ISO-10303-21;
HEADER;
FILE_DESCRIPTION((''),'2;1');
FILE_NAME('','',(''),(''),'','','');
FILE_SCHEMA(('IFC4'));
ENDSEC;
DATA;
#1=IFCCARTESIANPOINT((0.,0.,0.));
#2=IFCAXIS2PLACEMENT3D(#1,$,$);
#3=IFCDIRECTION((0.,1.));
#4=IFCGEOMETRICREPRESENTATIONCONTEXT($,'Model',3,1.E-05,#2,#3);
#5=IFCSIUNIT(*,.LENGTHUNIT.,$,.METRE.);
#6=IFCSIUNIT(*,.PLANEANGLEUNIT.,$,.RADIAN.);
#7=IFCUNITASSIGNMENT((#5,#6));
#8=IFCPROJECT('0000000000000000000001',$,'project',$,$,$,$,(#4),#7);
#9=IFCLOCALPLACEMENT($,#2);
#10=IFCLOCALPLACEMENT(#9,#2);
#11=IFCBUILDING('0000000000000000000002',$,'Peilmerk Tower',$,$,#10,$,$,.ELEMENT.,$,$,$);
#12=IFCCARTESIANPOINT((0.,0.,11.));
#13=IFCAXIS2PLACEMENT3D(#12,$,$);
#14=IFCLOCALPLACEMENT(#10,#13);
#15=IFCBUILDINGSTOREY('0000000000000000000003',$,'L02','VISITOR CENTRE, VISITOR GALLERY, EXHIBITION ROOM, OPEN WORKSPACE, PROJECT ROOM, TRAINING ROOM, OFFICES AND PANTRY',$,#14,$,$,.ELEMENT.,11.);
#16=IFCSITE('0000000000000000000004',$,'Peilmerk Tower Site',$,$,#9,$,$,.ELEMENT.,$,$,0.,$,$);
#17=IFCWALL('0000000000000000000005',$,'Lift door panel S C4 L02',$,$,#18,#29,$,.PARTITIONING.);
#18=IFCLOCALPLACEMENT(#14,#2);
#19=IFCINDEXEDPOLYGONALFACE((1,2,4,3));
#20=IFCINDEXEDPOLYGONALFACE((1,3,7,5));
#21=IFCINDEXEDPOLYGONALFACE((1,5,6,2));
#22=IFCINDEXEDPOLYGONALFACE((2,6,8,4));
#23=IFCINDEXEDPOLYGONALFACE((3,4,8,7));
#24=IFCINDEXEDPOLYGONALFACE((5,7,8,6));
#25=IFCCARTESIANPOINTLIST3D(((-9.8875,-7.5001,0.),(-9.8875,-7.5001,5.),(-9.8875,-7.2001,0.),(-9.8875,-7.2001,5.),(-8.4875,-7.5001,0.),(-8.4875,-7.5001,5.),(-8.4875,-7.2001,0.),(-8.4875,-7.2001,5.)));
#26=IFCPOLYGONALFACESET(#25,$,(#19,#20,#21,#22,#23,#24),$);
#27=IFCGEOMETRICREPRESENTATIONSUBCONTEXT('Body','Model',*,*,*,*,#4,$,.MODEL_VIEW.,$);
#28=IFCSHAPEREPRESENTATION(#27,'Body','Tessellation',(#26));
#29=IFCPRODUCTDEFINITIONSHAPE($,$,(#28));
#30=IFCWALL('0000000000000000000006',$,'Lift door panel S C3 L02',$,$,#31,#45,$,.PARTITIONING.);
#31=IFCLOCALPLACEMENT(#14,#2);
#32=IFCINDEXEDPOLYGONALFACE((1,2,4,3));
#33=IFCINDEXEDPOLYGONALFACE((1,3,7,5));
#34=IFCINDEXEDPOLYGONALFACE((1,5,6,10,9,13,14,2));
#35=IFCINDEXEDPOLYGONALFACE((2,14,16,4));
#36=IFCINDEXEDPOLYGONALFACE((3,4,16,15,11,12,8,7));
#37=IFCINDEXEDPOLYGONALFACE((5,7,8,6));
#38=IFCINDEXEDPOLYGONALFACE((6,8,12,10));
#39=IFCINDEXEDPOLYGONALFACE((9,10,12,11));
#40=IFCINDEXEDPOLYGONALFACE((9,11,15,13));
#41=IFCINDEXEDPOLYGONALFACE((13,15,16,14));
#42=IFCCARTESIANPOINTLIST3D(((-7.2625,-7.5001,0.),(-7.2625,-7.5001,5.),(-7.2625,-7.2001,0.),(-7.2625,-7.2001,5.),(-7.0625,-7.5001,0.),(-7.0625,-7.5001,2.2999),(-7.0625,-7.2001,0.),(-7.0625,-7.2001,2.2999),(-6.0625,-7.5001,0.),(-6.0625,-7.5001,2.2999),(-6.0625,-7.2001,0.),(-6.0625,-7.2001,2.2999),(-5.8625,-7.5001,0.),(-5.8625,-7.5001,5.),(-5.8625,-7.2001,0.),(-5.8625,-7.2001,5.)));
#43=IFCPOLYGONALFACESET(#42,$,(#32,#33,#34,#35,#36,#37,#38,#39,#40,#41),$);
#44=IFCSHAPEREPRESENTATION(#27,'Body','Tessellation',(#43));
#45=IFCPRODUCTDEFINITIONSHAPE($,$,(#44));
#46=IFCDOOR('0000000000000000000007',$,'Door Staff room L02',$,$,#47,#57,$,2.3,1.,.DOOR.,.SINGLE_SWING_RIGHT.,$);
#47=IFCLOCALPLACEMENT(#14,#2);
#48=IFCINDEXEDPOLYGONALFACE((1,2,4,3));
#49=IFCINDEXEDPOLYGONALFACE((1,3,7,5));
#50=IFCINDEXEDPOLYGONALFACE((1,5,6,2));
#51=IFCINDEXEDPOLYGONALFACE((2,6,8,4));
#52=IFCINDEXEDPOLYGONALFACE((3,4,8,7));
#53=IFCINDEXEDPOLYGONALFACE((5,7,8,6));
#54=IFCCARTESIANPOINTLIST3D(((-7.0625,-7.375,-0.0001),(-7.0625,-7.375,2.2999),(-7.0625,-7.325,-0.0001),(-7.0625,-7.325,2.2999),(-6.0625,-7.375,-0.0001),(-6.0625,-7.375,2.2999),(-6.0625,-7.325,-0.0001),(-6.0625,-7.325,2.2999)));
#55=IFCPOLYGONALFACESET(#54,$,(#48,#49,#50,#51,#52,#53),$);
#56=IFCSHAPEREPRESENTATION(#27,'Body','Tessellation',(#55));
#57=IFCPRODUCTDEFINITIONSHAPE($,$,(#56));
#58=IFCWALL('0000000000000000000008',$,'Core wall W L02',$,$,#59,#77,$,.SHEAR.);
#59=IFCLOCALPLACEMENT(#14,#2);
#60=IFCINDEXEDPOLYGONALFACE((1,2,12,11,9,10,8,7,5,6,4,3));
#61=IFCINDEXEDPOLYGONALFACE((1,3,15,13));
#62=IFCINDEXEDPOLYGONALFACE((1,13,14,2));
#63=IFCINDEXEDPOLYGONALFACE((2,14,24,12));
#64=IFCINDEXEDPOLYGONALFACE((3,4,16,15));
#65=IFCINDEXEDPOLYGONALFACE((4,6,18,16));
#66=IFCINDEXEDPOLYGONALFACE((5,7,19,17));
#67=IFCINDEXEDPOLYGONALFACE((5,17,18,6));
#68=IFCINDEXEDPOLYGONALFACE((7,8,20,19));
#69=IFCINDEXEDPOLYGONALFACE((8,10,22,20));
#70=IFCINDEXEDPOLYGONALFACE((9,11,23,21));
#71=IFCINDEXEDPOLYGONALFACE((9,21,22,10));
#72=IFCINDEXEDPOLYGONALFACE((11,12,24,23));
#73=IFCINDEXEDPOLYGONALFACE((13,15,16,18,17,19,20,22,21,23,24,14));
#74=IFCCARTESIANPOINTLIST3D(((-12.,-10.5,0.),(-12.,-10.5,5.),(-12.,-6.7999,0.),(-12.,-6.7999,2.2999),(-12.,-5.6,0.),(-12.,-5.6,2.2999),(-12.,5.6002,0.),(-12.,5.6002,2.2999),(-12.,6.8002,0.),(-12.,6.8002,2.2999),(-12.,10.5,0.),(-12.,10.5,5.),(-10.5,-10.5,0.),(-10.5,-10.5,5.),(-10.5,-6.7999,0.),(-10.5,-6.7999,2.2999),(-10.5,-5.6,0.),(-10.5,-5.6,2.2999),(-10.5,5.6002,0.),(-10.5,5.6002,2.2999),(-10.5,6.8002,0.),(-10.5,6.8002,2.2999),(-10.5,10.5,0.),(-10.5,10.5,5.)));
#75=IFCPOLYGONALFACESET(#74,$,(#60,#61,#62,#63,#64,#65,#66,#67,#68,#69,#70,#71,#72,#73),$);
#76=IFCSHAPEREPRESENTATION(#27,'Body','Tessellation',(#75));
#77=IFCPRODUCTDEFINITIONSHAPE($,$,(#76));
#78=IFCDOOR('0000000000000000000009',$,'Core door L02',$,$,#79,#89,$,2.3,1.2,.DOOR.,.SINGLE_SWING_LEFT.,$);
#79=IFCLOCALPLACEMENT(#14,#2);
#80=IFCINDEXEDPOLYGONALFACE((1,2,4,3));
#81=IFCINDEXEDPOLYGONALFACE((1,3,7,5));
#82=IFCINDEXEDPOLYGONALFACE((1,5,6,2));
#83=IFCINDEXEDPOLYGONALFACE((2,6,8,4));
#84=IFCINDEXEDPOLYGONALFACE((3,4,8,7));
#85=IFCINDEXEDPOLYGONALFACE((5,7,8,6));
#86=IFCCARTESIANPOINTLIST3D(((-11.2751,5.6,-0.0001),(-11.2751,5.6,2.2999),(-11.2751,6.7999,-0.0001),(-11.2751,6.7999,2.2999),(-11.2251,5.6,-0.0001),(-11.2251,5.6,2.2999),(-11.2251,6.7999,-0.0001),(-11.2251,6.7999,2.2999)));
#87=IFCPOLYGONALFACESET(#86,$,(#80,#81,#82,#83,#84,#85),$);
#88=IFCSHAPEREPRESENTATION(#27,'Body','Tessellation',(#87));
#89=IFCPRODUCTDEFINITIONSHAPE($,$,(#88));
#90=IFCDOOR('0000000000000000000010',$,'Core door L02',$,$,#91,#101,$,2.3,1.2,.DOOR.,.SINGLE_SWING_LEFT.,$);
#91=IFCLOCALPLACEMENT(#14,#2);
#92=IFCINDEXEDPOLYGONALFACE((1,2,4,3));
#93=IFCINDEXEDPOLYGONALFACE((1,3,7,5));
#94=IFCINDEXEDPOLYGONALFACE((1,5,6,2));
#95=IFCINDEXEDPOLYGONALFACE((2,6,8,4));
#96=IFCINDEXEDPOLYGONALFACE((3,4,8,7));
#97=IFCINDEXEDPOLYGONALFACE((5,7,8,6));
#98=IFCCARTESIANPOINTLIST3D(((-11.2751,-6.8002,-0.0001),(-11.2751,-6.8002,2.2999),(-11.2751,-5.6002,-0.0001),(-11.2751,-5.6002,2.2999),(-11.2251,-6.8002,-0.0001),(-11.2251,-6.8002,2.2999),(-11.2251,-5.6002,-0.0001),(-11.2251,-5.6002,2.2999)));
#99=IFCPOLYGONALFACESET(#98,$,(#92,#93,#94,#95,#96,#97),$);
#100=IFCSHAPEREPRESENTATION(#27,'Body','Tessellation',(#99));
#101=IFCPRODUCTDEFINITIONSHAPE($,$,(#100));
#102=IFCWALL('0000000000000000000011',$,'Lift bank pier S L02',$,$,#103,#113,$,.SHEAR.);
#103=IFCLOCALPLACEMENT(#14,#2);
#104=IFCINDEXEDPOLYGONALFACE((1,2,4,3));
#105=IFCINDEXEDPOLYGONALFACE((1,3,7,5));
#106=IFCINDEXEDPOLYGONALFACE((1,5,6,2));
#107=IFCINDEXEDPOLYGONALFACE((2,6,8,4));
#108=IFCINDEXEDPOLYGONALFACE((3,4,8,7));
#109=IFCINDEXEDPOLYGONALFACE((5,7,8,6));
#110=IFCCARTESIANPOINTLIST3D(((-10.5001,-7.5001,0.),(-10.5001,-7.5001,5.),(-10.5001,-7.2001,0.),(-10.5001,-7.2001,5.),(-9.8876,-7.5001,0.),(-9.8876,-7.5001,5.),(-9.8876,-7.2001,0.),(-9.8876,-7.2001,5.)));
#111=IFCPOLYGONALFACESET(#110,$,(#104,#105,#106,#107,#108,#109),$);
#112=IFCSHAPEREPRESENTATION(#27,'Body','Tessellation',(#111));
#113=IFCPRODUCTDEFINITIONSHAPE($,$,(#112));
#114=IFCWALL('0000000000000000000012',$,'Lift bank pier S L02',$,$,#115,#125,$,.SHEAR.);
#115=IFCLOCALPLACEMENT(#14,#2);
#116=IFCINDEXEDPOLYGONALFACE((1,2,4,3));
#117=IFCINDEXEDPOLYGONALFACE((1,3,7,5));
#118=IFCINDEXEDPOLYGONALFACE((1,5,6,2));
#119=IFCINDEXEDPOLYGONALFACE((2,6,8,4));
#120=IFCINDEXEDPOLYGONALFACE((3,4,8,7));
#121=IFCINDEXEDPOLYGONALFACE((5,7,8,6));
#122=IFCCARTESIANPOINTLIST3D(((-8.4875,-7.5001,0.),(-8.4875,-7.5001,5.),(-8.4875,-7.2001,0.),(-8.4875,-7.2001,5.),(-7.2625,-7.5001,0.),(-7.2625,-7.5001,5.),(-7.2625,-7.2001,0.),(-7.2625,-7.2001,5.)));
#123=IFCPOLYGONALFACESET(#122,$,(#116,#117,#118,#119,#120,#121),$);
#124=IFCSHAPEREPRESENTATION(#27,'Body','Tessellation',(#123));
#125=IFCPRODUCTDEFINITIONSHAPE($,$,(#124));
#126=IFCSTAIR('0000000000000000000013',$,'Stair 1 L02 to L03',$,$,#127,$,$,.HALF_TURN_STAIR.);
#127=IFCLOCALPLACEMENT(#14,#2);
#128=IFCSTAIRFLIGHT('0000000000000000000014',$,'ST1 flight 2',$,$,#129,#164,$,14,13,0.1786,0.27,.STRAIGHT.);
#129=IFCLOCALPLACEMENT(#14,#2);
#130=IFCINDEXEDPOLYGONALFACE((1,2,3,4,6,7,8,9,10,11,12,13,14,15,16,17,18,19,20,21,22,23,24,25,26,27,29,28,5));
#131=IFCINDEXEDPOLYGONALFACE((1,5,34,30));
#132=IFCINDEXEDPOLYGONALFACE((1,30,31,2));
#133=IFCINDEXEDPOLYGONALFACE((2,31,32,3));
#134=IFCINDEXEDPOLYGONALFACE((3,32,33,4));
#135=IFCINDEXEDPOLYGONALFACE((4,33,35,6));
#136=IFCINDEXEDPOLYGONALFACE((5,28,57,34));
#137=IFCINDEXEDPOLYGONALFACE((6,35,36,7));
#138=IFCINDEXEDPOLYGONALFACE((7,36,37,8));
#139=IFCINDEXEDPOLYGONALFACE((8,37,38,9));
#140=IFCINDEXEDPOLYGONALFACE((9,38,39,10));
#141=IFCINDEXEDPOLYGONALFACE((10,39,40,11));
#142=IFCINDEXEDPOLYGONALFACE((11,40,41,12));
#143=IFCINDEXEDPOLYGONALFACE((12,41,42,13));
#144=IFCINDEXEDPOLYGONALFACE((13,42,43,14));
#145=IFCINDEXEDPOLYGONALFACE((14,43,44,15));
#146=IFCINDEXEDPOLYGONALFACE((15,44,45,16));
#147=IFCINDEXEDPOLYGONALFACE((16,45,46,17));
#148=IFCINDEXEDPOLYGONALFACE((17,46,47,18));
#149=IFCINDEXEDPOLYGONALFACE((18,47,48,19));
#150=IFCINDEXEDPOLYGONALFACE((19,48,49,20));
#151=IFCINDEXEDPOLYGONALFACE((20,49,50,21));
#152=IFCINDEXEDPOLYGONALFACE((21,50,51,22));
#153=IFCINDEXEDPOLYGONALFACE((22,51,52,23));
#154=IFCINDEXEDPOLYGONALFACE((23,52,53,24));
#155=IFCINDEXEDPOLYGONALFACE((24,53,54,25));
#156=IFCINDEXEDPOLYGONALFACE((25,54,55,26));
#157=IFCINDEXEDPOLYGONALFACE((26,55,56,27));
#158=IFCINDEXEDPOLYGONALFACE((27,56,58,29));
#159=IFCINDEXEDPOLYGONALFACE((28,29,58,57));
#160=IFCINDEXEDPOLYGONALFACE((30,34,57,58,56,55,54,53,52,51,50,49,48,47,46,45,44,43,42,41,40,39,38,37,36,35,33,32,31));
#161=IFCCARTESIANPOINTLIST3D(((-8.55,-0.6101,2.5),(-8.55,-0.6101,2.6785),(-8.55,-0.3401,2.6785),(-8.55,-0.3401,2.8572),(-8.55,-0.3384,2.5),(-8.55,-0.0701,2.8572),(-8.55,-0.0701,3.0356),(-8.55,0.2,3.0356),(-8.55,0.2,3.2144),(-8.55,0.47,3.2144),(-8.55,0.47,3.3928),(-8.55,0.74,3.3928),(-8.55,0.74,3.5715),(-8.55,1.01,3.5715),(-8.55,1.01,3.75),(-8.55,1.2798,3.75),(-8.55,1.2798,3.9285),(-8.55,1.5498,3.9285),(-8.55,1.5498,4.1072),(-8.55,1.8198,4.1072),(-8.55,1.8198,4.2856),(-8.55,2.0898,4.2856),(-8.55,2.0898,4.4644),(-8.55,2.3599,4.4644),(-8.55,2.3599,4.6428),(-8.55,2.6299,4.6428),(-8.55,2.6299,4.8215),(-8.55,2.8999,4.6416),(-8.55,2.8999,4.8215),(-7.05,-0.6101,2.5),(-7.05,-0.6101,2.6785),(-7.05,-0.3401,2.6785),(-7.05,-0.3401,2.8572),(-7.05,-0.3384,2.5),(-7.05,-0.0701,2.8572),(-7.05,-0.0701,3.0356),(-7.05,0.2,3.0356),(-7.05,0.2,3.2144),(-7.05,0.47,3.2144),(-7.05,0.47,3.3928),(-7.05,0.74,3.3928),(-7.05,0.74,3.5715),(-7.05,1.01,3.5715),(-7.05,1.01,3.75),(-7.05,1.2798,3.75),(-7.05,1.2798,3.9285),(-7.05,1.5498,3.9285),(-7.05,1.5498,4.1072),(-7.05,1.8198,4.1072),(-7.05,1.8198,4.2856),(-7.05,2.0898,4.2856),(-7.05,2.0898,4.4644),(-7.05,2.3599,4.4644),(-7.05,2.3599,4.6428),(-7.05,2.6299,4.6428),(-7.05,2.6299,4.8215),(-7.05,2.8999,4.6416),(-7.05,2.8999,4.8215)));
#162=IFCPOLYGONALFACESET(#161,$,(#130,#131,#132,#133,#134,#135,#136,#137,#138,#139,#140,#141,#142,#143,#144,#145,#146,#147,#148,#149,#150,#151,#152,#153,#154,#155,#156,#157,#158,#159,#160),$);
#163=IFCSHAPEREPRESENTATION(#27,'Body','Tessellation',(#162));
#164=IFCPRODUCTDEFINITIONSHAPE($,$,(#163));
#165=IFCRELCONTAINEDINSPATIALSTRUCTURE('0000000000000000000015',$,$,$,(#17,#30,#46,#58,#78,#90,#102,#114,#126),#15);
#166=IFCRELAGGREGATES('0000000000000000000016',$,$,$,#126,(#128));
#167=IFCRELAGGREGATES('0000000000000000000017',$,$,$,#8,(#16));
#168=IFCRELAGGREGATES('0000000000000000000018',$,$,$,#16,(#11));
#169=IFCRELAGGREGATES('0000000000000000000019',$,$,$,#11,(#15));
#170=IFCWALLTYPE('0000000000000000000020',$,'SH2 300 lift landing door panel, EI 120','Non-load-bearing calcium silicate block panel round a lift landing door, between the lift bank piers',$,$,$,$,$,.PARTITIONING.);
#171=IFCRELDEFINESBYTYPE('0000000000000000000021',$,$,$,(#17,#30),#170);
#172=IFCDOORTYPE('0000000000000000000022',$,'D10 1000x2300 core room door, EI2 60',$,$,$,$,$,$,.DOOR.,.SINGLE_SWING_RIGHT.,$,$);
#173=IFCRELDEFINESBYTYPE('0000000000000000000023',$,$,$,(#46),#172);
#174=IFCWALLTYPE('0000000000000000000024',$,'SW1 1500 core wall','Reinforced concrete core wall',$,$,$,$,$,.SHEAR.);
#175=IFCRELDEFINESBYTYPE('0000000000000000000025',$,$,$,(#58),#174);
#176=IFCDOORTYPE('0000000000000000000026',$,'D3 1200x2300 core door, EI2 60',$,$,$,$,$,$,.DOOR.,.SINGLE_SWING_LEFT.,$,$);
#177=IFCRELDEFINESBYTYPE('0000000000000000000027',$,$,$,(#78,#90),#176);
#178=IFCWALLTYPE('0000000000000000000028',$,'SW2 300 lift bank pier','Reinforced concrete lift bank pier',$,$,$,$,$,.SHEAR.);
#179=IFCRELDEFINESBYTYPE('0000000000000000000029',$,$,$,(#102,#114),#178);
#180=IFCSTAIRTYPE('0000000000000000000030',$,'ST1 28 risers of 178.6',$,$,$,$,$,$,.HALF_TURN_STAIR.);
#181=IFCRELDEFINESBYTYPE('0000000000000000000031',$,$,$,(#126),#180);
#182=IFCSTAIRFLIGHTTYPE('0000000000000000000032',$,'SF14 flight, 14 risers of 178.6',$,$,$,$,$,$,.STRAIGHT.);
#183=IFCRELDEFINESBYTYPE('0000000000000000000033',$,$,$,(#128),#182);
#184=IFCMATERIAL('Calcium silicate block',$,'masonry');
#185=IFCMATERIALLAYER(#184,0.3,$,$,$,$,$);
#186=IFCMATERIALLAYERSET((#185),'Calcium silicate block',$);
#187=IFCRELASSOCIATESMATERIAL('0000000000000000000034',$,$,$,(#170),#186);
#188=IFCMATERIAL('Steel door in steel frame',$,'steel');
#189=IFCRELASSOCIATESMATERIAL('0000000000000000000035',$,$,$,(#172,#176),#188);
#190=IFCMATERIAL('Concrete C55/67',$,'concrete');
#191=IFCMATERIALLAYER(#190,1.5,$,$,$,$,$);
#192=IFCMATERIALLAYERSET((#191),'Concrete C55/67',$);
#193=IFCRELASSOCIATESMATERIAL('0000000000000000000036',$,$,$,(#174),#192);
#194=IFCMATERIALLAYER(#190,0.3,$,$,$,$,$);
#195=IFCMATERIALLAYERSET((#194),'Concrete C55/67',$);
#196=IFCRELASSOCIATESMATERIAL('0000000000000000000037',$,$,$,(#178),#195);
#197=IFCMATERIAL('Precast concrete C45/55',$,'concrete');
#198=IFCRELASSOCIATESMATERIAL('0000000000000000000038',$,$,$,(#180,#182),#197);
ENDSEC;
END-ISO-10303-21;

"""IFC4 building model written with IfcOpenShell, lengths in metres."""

from ifc_helpers import new_model, si_unit, direction, frame, frame_2d, origin, place, context, subcontext, project, spatial, polyline, rectangle, outline, extrude, material, layer, layer_set, type_object, element, fill, aggregate, save


model = new_model("IFC4")

# Units and contexts
model_context = context("Model", 3, precision=1e-05, world=origin(), true_north=direction((0.0, 1.0)))
body_context = subcontext(model_context, "Body", "Model", "MODEL_VIEW")
ifc_project = project(units=[si_unit("LENGTHUNIT", "METRE"), si_unit("PLANEANGLEUNIT", "RADIAN")], contexts=[model_context])

# Site, building, storey
site_placement = place(None, origin())
site = spatial("IfcSite", under=ifc_project, at=site_placement, Name="Peilmerk Tower Site", CompositionType="ELEMENT", RefElevation=0.0)
building_placement = place(site_placement, origin())
building = spatial("IfcBuilding", under=site, at=building_placement, Name="Peilmerk Tower", CompositionType="ELEMENT")
storey_placement = place(building_placement, frame((0.0, 0.0, 11.0)))
storey = spatial("IfcBuildingStorey", under=building, at=storey_placement, Name="L02", Description="VISITOR CENTRE, VISITOR GALLERY, EXHIBITION ROOM, OPEN WORKSPACE, PROJECT ROOM, TRAINING ROOM, OFFICES AND PANTRY", CompositionType="ELEMENT", Elevation=11.0)

# Wall
ifc_material_1 = material(Name="Calcium silicate block", Category="masonry")
ifc_layer_1 = layer(ifc_material_1, 0.3)
ifc_layer_set_1 = layer_set([ifc_layer_1], Name="Calcium silicate block")
wall_type_1 = type_object("IfcWallType", Name="SH2 300 lift landing door panel, EI 120", Description="Non-load-bearing calcium silicate block panel round a lift landing door, between the lift bank piers", PredefinedType="PARTITIONING", material=ifc_layer_set_1)
wall_1_placement = place(storey_placement, frame((-9.8875, -7.3501, 0.0), z_axis=(0.0, 0.0, 1.0), x_axis=(1.0, 0.0, 0.0)))
element("IfcWall", 1, at=wall_1_placement, inside=storey, type_object=wall_type_1, Name="Lift door panel S C4 L02", PredefinedType="PARTITIONING", context=body_context, shape_type="SweptSolid", body=[
    extrude(rectangle(XDim=1.3999, YDim=0.3, at=frame_2d((0.7, 0.0))), origin(), (0.0, 0.0, 1.0), 5.0),
])

# Wall, opening, door
wall_2_placement = place(storey_placement, frame((-7.2625, -7.3501, 0.0), z_axis=(0.0, 0.0, 1.0), x_axis=(1.0, 0.0, 0.0)))
wall_2 = element("IfcWall", 2, at=wall_2_placement, inside=storey, type_object=wall_type_1, Name="Lift door panel S C3 L02", PredefinedType="PARTITIONING", context=body_context, shape_type="SweptSolid", body=[
    extrude(rectangle(XDim=1.3999, YDim=0.3, at=frame_2d((0.7, 0.0))), origin(), (0.0, 0.0, 1.0), 5.0),
])
opening_1_placement = place(wall_2_placement, frame((0.2, 0.0, 0.0)))
opening_1 = element("IfcOpeningElement", 3, at=opening_1_placement, cuts=wall_2, PredefinedType="OPENING", context=body_context, shape_type="SweptSolid", body=[
    extrude(rectangle(XDim=1.0, YDim=2.3, at=frame_2d((0.5, 1.1499))), frame((0.0, 0.1599, 0.0), z_axis=(0.0, -1.0, 0.0), x_axis=(1.0, 0.0, 0.0)), (0.0, 0.0, 1.0), 0.3201),
])
ifc_material_2 = material(Name="Steel door in steel frame", Category="steel")
door_type_1 = type_object("IfcDoorType", Name="D10 1000x2300 core room door, EI2 60", OperationType="SINGLE_SWING_RIGHT", PredefinedType="DOOR", material=ifc_material_2)
door_1_placement = place(opening_1_placement, frame((1.0, 0.0, 0.0), z_axis=(0.0, 0.0, 1.0), x_axis=(-1.0, 0.0, 0.0)))
door_1 = element("IfcDoor", 4, at=door_1_placement, inside=storey, type_object=door_type_1, Name="Door Staff room L02", OperationType="SINGLE_SWING_RIGHT", OverallHeight=2.3, OverallWidth=1.0, PredefinedType="DOOR", context=body_context, shape_type="SweptSolid", body=[
    extrude(rectangle(XDim=1.0, YDim=2.3, at=frame_2d((0.5, 1.1499))), frame((0.0, 0.0249, 0.0), z_axis=(0.0, -1.0, 0.0), x_axis=(1.0, 0.0, 0.0)), (0.0, 0.0, 1.0), 0.05),
])
fill(opening_1, door_1)

# Wall, openings, doors
ifc_material_3 = material(Name="Concrete C55/67", Category="concrete")
ifc_layer_2 = layer(ifc_material_3, 1.5)
ifc_layer_set_2 = layer_set([ifc_layer_2], Name="Concrete C55/67")
wall_type_2 = type_object("IfcWallType", Name="SW1 1500 core wall", Description="Reinforced concrete core wall", PredefinedType="SHEAR", material=ifc_layer_set_2)
wall_3_placement = place(storey_placement, frame((-11.25, -10.5, 0.0), z_axis=(0.0, 0.0, 1.0), x_axis=(0.0, 1.0, 0.0)))
wall_3 = element("IfcWall", 5, at=wall_3_placement, inside=storey, type_object=wall_type_2, Name="Core wall W L02", PredefinedType="SHEAR", context=body_context, shape_type="SweptSolid", body=[
    extrude(rectangle(XDim=21.0, YDim=1.5, at=frame_2d((10.5, 0.0))), origin(), (0.0, 0.0, 1.0), 5.0),
])
opening_2_placement = place(wall_3_placement, frame((16.1001, 0.0, 0.0)))
opening_2 = element("IfcOpeningElement", 6, at=opening_2_placement, cuts=wall_3, PredefinedType="OPENING", context=body_context, shape_type="SweptSolid", body=[
    extrude(rectangle(XDim=1.2, YDim=2.3, at=frame_2d((0.6001, 1.1499))), frame((0.0, 0.76, 0.0), z_axis=(0.0, -1.0, 0.0), x_axis=(1.0, 0.0, 0.0)), (0.0, 0.0, 1.0), 1.52),
])
opening_3_placement = place(wall_3_placement, frame((3.7, 0.0, 0.0)))
opening_3 = element("IfcOpeningElement", 7, at=opening_3_placement, cuts=wall_3, PredefinedType="OPENING", context=body_context, shape_type="SweptSolid", body=[
    extrude(rectangle(XDim=1.2, YDim=2.3, at=frame_2d((0.6001, 1.1499))), frame((0.0, 0.76, 0.0), z_axis=(0.0, -1.0, 0.0), x_axis=(1.0, 0.0, 0.0)), (0.0, 0.0, 1.0), 1.52),
])
door_type_2 = type_object("IfcDoorType", Name="D3 1200x2300 core door, EI2 60", OperationType="SINGLE_SWING_LEFT", PredefinedType="DOOR", material=ifc_material_2)
door_2_placement = place(opening_2_placement, frame((1.2, 0.0, 0.0), z_axis=(0.0, 0.0, 1.0), x_axis=(-1.0, 0.0, 0.0)))
door_2 = element("IfcDoor", 8, at=door_2_placement, inside=storey, type_object=door_type_2, Name="Core door L02", OperationType="SINGLE_SWING_LEFT", OverallHeight=2.3, OverallWidth=1.2, PredefinedType="DOOR", context=body_context, shape_type="SweptSolid", body=[
    extrude(rectangle(XDim=1.2, YDim=2.3, at=frame_2d((0.6001, 1.1499))), frame((0.0, 0.0249, 0.0), z_axis=(0.0, -1.0, 0.0), x_axis=(1.0, 0.0, 0.0)), (0.0, 0.0, 1.0), 0.05),
])
fill(opening_2, door_2)
door_3_placement = place(opening_3_placement, frame((1.2, 0.0, 0.0), z_axis=(0.0, 0.0, 1.0), x_axis=(-1.0, 0.0, 0.0)))
door_3 = element("IfcDoor", 9, at=door_3_placement, inside=storey, type_object=door_type_2, Name="Core door L02", OperationType="SINGLE_SWING_LEFT", OverallHeight=2.3, OverallWidth=1.2, PredefinedType="DOOR", context=body_context, shape_type="SweptSolid", body=[
    extrude(rectangle(XDim=1.2, YDim=2.3, at=frame_2d((0.6001, 1.1499))), frame((0.0, 0.0249, 0.0), z_axis=(0.0, -1.0, 0.0), x_axis=(1.0, 0.0, 0.0)), (0.0, 0.0, 1.0), 0.05),
])
fill(opening_3, door_3)

# Walls
ifc_layer_3 = layer(ifc_material_3, 0.3)
ifc_layer_set_3 = layer_set([ifc_layer_3], Name="Concrete C55/67")
wall_type_3 = type_object("IfcWallType", Name="SW2 300 lift bank pier", Description="Reinforced concrete lift bank pier", PredefinedType="SHEAR", material=ifc_layer_set_3)
wall_4_placement = place(storey_placement, frame((-10.5, -7.3501, 0.0), z_axis=(0.0, 0.0, 1.0), x_axis=(1.0, 0.0, 0.0)))
element("IfcWall", 10, at=wall_4_placement, inside=storey, type_object=wall_type_3, Name="Lift bank pier S L02", PredefinedType="SHEAR", context=body_context, shape_type="SweptSolid", body=[
    extrude(rectangle(XDim=0.6125, YDim=0.3, at=frame_2d((0.3062, 0.0))), origin(), (0.0, 0.0, 1.0), 5.0),
])
wall_5_placement = place(storey_placement, frame((-8.4875, -7.3501, 0.0), z_axis=(0.0, 0.0, 1.0), x_axis=(1.0, 0.0, 0.0)))
element("IfcWall", 11, at=wall_5_placement, inside=storey, type_object=wall_type_3, Name="Lift bank pier S L02", PredefinedType="SHEAR", context=body_context, shape_type="SweptSolid", body=[
    extrude(rectangle(XDim=1.2251, YDim=0.3, at=frame_2d((0.6125, 0.0))), origin(), (0.0, 0.0, 1.0), 5.0),
])

# Stair, stair flight
ifc_material_4 = material(Name="Precast concrete C45/55", Category="concrete")
stair_type = type_object("IfcStairType", Name="ST1 28 risers of 178.6", PredefinedType="HALF_TURN_STAIR", material=ifc_material_4)
stair_placement = place(storey_placement, origin())
stair = element("IfcStair", 12, at=stair_placement, inside=storey, type_object=stair_type, Name="Stair 1 L02 to L03", PredefinedType="HALF_TURN_STAIR")
stair_flight_type = type_object("IfcStairFlightType", Name="SF14 flight, 14 risers of 178.6", PredefinedType="STRAIGHT", material=ifc_material_4)
stair_flight_placement = place(storey_placement, frame((-7.8, -0.6101, 2.5), z_axis=(0.0, 0.0, 1.0), x_axis=(0.0, 1.0, 0.0)))
stair_flight = element("IfcStairFlight", 13, at=stair_flight_placement, type_object=stair_flight_type, Name="ST1 flight 2", NumberOfRisers=14, NumberOfTreads=13, PredefinedType="STRAIGHT", RiserHeight=0.1786, TreadLength=0.27, context=body_context, shape_type="SweptSolid", body=[
    extrude(outline(polyline([(0.0, 0.0), (0.0, 0.1785), (0.27, 0.1785), (0.27, 0.3572), (0.54, 0.3572), (0.54, 0.5356), (0.8101, 0.5356), (0.8101, 0.7144), (1.0801, 0.7144), (1.0801, 0.8928), (1.3501, 0.8928), (1.3501, 1.0715), (1.6201, 1.0715), (1.6201, 1.25), (1.8899, 1.25), (1.8899, 1.4285), (2.1599, 1.4285), (2.1599, 1.6072), (2.4299, 1.6072), (2.4299, 1.7856), (2.7, 1.7856), (2.7, 1.9644), (2.97, 1.9644), (2.97, 2.1428), (3.24, 2.1428), (3.24, 2.3215), (3.51, 2.3215), (3.51, 2.5), (3.51, 2.1416), (0.2717, 0.0), (0.0, 0.0)])), frame((0.0, 0.75, 0.0), z_axis=(0.0, -1.0, 0.0), x_axis=(1.0, 0.0, 0.0)), (0.0, 0.0, 1.0), 1.5),
])
aggregate(stair, [stair_flight])

save(model, "model.ifc")
